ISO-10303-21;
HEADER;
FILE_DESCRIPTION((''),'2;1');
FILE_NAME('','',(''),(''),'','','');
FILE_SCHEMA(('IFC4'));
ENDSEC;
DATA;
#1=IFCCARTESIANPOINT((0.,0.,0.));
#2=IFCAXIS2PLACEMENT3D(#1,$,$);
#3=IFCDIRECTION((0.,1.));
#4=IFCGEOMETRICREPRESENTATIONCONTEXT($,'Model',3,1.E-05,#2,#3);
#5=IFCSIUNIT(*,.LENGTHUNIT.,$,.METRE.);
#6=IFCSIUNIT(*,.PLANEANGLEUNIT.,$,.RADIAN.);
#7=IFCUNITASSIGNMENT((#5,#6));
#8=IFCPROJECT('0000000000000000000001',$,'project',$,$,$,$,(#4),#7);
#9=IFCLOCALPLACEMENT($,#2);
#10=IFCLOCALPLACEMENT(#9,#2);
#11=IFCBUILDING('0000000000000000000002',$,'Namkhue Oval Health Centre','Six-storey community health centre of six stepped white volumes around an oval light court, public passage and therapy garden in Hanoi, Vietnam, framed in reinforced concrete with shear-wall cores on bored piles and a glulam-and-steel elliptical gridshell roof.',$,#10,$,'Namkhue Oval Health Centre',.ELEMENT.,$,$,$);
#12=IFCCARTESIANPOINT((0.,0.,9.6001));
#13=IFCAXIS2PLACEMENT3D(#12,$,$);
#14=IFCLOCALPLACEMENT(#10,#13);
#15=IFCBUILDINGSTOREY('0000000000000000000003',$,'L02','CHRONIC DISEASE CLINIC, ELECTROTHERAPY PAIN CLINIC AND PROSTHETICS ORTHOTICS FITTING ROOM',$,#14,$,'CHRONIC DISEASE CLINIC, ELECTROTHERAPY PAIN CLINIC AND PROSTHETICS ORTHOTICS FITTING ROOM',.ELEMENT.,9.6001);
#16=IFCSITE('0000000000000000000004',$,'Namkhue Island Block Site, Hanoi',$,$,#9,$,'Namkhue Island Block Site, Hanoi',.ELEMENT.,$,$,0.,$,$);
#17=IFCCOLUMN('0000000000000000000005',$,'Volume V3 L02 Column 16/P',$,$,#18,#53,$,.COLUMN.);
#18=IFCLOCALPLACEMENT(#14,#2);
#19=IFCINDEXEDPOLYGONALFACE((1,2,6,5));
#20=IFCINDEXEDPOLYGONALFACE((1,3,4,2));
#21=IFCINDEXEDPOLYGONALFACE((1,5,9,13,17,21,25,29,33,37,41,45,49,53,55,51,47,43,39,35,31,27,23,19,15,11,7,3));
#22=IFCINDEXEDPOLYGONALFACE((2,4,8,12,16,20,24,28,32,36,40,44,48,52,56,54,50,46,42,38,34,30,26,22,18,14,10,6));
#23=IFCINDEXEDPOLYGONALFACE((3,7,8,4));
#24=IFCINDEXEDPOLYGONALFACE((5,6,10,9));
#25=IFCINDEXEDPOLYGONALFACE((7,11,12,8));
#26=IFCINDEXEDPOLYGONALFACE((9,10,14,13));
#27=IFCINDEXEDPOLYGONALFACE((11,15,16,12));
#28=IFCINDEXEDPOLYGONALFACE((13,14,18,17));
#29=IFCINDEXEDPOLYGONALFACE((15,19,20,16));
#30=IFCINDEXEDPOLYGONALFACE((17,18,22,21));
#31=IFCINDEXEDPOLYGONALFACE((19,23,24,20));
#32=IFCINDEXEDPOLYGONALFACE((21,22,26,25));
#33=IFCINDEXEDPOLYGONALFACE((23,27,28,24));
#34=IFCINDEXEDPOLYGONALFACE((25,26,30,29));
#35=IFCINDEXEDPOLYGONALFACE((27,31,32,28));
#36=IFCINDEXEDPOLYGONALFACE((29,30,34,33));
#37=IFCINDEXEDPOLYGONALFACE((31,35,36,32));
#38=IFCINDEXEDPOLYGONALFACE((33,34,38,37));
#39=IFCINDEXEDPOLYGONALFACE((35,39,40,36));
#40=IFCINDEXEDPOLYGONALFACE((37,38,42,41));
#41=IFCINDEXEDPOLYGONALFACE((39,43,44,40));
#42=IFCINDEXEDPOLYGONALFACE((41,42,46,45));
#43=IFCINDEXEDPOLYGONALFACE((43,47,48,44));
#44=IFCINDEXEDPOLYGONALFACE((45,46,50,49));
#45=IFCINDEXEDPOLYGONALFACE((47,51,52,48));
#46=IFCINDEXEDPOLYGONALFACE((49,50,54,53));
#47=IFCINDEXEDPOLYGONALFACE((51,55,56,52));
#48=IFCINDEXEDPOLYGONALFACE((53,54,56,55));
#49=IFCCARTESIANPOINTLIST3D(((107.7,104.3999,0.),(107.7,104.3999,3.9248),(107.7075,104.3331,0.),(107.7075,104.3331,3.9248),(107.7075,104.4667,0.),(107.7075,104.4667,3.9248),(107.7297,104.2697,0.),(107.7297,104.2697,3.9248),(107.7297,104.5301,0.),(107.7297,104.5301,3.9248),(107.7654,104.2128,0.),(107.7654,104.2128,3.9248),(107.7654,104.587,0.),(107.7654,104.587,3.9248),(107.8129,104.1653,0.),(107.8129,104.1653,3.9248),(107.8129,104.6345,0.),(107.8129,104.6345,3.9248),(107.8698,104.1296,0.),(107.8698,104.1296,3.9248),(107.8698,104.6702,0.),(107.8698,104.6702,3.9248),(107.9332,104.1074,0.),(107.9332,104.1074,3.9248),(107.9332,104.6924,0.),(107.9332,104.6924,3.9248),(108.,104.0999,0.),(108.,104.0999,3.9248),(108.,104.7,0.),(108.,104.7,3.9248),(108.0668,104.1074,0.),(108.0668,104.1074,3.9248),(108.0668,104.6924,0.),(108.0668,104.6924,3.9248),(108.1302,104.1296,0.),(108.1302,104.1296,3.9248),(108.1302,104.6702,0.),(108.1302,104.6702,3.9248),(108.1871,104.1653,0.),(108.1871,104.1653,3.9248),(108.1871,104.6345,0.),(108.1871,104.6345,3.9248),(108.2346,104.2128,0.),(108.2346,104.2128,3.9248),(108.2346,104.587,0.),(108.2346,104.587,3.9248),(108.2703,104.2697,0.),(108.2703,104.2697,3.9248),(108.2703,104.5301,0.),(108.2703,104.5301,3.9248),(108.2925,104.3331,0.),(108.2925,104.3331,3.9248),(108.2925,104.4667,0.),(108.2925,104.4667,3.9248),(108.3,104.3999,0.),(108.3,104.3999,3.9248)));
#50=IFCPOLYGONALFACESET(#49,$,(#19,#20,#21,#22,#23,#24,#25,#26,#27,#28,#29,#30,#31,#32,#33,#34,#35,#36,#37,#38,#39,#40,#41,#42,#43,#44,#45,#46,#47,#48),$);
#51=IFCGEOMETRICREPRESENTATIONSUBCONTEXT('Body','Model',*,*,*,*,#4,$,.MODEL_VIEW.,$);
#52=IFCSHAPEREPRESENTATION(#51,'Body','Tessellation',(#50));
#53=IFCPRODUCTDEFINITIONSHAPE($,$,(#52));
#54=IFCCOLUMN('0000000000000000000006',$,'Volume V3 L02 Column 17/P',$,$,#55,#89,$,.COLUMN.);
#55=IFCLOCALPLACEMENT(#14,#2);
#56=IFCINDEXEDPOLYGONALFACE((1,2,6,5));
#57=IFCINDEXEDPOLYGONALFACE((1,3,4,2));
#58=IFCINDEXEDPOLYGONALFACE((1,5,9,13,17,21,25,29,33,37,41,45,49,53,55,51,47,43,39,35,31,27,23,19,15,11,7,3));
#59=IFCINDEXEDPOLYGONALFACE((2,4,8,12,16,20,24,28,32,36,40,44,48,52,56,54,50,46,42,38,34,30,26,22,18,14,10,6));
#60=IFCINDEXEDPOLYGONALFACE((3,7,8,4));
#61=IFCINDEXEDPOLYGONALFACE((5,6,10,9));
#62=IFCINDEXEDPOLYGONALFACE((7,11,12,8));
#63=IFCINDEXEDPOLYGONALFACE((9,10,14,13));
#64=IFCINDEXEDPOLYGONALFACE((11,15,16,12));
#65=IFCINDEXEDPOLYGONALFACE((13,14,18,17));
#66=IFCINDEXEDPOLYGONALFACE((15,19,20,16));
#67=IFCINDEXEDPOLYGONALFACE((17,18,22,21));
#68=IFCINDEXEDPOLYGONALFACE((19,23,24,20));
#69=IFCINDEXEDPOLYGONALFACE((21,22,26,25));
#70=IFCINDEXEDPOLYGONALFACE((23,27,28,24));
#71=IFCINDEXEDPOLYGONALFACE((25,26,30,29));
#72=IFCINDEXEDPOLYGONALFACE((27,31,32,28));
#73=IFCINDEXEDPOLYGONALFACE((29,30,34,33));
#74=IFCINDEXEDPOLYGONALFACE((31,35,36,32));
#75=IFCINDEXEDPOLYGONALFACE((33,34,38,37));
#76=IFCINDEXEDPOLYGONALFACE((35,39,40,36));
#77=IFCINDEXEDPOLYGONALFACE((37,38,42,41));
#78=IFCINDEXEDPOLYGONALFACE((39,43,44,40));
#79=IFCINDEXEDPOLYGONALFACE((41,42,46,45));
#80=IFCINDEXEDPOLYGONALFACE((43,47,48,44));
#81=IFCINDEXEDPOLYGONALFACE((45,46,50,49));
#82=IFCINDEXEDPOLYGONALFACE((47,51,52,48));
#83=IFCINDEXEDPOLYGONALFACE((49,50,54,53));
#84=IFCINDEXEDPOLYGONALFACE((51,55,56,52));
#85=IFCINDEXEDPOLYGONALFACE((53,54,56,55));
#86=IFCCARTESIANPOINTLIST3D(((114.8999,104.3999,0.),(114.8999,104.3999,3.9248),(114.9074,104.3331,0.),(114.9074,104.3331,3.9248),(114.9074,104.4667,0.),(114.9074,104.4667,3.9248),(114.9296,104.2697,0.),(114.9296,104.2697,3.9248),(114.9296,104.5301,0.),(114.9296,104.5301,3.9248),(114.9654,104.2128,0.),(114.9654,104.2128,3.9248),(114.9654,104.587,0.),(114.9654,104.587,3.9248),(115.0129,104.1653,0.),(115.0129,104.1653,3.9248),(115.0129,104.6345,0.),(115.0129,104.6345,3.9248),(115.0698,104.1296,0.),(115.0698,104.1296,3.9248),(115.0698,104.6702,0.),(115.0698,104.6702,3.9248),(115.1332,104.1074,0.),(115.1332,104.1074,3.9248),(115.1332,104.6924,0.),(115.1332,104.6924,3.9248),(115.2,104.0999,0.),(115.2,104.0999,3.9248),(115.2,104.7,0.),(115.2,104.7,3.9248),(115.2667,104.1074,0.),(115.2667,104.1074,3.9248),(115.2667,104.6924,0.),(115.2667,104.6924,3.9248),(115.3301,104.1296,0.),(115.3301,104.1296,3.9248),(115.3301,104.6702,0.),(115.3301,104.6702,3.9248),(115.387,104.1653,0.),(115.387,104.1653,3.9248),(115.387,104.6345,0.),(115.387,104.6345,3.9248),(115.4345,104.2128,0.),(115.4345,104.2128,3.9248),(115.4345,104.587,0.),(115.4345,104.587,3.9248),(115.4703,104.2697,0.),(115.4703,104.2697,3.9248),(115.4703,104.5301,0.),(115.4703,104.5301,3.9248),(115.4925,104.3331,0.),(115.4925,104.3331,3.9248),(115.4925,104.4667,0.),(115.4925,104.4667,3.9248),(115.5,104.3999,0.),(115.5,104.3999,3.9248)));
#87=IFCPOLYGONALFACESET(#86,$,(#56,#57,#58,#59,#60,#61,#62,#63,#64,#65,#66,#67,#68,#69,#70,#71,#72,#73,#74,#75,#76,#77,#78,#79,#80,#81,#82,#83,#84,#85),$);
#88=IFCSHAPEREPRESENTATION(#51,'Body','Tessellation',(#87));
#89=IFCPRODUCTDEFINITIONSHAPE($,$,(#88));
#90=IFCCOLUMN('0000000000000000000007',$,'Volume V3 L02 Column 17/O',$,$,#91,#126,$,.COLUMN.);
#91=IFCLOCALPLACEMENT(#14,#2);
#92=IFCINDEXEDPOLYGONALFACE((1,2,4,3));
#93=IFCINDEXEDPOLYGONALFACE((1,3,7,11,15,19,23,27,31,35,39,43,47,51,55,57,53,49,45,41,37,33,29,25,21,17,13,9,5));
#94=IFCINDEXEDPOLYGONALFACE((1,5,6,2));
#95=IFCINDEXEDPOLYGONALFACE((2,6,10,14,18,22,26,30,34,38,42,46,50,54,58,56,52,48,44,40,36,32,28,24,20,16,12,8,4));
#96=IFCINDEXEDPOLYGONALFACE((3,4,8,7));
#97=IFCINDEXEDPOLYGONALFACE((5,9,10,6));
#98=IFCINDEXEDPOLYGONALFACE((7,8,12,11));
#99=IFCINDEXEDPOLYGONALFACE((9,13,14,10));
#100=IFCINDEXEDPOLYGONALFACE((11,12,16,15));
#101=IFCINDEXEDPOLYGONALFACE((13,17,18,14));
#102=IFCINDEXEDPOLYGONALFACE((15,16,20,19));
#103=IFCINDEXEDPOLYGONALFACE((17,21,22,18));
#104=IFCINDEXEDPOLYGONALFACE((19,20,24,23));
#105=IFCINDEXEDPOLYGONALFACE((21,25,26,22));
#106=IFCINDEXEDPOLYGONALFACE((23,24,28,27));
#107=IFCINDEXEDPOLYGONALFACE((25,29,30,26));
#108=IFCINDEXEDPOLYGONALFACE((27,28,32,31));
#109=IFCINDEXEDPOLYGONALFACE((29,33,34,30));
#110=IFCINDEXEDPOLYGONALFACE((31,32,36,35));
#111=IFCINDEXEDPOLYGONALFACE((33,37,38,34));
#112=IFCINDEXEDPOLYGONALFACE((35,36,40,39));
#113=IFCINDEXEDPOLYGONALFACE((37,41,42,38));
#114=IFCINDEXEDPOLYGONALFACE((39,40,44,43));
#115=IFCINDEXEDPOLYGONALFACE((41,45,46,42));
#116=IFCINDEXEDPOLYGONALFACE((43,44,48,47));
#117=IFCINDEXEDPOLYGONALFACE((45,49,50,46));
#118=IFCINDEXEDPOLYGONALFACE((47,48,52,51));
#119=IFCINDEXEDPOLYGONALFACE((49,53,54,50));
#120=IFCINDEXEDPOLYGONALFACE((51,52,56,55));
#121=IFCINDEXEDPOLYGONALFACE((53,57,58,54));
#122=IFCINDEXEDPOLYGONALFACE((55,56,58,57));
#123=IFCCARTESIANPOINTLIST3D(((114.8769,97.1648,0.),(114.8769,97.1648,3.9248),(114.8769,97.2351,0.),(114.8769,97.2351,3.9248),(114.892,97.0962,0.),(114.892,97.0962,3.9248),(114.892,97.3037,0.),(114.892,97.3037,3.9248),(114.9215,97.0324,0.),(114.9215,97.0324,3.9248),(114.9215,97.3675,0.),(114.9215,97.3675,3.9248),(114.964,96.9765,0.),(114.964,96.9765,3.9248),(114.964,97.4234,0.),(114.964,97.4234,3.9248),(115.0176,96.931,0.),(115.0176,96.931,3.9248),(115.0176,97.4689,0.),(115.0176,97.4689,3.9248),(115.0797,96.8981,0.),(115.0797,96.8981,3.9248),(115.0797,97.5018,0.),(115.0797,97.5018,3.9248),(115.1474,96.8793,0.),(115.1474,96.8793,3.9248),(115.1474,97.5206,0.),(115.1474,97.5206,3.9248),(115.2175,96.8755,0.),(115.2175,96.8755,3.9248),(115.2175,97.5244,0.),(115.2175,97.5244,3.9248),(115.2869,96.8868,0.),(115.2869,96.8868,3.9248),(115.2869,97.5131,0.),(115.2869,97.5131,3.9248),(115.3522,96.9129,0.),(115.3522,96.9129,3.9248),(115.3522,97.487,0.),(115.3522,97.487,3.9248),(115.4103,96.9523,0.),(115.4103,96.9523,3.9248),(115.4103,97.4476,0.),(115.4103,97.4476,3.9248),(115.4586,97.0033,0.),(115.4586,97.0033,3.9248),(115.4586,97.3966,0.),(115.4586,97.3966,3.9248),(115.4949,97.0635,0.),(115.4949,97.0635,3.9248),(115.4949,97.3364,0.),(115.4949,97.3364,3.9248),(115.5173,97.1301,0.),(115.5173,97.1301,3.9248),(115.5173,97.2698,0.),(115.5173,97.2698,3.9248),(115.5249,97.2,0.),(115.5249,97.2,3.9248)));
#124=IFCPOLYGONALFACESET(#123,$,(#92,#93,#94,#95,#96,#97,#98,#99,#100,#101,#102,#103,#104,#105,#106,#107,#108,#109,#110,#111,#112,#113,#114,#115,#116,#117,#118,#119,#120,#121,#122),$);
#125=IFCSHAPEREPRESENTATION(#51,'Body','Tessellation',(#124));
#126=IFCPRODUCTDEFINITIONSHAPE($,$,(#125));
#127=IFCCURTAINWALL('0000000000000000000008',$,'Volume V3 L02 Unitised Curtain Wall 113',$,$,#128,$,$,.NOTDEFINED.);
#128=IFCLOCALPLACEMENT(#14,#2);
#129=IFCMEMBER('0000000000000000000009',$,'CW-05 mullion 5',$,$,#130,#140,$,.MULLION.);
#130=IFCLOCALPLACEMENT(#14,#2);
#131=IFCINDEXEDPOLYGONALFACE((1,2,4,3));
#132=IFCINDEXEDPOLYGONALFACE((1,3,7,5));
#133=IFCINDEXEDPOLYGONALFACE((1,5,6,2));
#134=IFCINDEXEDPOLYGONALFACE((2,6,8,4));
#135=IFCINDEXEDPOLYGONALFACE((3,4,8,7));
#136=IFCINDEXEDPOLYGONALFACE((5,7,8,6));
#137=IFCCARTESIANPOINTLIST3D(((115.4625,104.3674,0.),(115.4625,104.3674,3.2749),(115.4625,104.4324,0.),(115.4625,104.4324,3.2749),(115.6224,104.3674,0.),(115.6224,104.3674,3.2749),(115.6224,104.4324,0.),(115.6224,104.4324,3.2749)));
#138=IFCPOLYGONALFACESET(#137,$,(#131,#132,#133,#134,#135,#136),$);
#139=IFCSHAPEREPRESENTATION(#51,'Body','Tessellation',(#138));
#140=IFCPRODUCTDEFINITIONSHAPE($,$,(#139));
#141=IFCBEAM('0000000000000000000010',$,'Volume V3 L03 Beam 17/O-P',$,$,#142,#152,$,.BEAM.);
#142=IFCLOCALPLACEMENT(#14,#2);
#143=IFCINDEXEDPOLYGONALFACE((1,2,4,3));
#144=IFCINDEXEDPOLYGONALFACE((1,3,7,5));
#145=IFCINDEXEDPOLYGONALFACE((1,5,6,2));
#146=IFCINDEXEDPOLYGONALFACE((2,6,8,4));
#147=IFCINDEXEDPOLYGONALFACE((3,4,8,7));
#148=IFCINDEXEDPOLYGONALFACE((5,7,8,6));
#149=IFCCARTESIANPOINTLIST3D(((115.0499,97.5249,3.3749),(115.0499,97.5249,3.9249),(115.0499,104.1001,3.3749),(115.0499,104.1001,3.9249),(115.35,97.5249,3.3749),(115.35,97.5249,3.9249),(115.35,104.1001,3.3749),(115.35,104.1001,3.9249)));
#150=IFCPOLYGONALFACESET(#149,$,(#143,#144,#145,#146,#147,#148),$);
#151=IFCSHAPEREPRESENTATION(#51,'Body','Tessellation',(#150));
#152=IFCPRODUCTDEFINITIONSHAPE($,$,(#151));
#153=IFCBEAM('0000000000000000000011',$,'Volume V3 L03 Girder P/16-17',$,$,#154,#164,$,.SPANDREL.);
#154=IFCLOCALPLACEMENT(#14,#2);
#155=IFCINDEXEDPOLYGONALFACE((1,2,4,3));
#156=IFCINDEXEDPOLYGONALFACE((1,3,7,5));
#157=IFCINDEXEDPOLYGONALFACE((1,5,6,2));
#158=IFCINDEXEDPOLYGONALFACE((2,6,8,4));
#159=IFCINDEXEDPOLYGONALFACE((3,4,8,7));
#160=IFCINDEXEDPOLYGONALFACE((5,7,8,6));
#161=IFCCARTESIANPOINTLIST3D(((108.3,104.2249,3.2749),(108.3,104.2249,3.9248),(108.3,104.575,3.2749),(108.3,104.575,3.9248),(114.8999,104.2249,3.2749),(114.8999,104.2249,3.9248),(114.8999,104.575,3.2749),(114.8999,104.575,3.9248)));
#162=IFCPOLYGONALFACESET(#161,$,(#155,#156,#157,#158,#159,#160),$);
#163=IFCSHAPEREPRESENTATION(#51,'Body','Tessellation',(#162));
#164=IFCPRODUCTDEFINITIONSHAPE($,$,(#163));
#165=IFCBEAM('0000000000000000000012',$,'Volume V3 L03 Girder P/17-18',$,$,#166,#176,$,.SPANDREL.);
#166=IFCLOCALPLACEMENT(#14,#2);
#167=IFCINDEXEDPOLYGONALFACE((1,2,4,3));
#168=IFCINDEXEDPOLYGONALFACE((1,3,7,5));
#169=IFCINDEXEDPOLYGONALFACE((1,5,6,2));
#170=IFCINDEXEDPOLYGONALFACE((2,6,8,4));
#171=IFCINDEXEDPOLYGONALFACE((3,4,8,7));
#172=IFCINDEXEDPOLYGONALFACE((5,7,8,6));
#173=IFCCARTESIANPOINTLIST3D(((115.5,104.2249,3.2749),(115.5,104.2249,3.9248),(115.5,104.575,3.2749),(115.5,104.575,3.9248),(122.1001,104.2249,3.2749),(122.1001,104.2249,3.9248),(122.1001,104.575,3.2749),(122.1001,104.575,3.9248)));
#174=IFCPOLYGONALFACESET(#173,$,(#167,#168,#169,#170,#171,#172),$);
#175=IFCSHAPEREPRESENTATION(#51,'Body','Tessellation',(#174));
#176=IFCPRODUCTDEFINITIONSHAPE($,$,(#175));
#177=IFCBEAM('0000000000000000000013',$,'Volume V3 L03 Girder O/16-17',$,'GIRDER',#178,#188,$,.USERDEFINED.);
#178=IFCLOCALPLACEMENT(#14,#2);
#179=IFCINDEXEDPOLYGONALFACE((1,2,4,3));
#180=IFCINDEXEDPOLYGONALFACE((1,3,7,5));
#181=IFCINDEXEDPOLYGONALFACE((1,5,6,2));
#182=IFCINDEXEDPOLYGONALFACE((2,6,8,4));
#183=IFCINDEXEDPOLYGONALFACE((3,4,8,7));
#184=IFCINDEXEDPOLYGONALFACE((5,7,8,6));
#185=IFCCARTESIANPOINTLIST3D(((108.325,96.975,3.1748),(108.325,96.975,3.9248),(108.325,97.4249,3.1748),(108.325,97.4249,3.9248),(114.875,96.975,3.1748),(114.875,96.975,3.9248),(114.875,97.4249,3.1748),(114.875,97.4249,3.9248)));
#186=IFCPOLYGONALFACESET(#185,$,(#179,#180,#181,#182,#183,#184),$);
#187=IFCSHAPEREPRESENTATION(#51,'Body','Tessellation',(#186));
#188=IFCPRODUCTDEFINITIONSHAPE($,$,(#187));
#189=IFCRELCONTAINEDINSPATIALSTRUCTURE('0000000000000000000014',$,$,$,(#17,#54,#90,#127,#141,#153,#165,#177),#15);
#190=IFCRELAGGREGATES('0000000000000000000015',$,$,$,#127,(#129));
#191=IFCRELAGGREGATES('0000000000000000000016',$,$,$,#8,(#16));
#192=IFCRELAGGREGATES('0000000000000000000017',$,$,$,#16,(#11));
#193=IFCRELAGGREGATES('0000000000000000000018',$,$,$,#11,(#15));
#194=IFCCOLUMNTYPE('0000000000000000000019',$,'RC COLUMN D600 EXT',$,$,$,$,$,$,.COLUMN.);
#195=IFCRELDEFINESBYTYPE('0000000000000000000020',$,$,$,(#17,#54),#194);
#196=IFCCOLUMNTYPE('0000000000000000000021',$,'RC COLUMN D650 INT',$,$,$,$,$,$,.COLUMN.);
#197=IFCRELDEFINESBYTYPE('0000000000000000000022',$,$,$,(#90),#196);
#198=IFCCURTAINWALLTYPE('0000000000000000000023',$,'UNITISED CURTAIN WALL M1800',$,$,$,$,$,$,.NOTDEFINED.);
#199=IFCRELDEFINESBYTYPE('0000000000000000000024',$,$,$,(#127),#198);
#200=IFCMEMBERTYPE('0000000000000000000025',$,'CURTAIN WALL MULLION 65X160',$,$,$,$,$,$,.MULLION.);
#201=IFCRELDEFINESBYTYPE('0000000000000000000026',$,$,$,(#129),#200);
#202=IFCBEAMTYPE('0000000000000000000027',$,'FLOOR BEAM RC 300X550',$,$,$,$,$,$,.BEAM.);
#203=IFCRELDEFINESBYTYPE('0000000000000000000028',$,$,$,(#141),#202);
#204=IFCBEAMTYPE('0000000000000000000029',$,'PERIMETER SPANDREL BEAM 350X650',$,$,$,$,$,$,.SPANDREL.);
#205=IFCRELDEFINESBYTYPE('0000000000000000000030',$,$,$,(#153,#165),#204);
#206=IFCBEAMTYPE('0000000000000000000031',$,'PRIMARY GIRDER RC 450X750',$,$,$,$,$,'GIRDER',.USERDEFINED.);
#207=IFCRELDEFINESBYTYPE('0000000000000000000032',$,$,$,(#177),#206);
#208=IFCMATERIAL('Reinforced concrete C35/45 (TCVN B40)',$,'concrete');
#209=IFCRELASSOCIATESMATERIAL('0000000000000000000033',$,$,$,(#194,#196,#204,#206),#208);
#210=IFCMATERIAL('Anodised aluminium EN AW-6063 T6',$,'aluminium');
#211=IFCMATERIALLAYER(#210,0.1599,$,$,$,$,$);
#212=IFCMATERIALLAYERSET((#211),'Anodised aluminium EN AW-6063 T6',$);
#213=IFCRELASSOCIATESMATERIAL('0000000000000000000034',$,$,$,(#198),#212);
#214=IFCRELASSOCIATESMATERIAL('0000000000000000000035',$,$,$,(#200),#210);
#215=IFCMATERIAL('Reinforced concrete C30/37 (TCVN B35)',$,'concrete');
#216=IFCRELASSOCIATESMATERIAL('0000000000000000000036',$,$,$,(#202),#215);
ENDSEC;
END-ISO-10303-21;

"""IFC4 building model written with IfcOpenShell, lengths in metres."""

from ifc_helpers import new_model, si_unit, direction, frame, origin, origin_2d, place, context, subcontext, project, spatial, rectangle, circle, extrude, material, layer, layer_set, material_profile, profile_set, type_object, element, aggregate, save


model = new_model("IFC4")

# Units and contexts
model_context = context("Model", 3, precision=1e-05, world=origin(), true_north=direction((0.0, 1.0)))
body_context = subcontext(model_context, "Body", "Model", "MODEL_VIEW")
ifc_project = project(units=[si_unit("LENGTHUNIT", "METRE"), si_unit("PLANEANGLEUNIT", "RADIAN")], contexts=[model_context])

# Site, building, storey
site_placement = place(None, origin())
site = spatial("IfcSite", under=ifc_project, at=site_placement, Name="Namkhue Island Block Site, Hanoi", LongName="Namkhue Island Block Site, Hanoi", CompositionType="ELEMENT", RefElevation=0.0)
building_placement = place(site_placement, origin())
building = spatial("IfcBuilding", under=site, at=building_placement, Name="Namkhue Oval Health Centre", Description="Six-storey community health centre of six stepped white volumes around an oval light court, public passage and therapy garden in Hanoi, Vietnam, framed in reinforced concrete with shear-wall cores on bored piles and a glulam-and-steel elliptical gridshell roof.", LongName="Namkhue Oval Health Centre", CompositionType="ELEMENT")
storey_placement = place(building_placement, frame((0.0, 0.0, 9.6001)))
storey = spatial("IfcBuildingStorey", under=building, at=storey_placement, Name="L02", Description="CHRONIC DISEASE CLINIC, ELECTROTHERAPY PAIN CLINIC AND PROSTHETICS ORTHOTICS FITTING ROOM", LongName="CHRONIC DISEASE CLINIC, ELECTROTHERAPY PAIN CLINIC AND PROSTHETICS ORTHOTICS FITTING ROOM", CompositionType="ELEMENT", Elevation=9.6001)

# Columns
ifc_material_1 = material(Name="Reinforced concrete C35/45 (TCVN B40)", Category="concrete")
ifc_material_profile_1 = material_profile(ifc_material_1, circle(Radius=0.3, at=origin_2d()), Name="RC D600")
ifc_profile_set_1 = profile_set([ifc_material_profile_1], Name="Reinforced concrete C35/45 (TCVN B40)")
column_type_1 = type_object("IfcColumnType", Name="RC COLUMN D600 EXT", PredefinedType="COLUMN", material=ifc_profile_set_1)
for number, where, z_axis, x_axis, name in (
    (1, (108.0, 104.3999, 0.0), (0.0, 0.0, 1.0), (1.0, 0.0, 0.0), "Volume V3 L02 Column 16/P"),
    (2, (115.2, 104.3999, 0.0), (0.0, 0.0, 1.0), (1.0, 0.0, 0.0), "Volume V3 L02 Column 17/P"),
):
    element("IfcColumn", number, at=place(storey_placement, frame(where, z_axis=z_axis, x_axis=x_axis)), inside=storey, type_object=column_type_1, Name=name, PredefinedType="COLUMN", context=body_context, shape_type="SweptSolid", body=[
        extrude(circle(Radius=0.3, at=origin_2d()), origin(), (0.0, 0.0, 1.0), 3.9248),
    ])
ifc_material_profile_2 = material_profile(ifc_material_1, circle(Radius=0.325, at=origin_2d()), Name="RC D650")
ifc_profile_set_2 = profile_set([ifc_material_profile_2], Name="Reinforced concrete C35/45 (TCVN B40)")
column_type_2 = type_object("IfcColumnType", Name="RC COLUMN D650 INT", PredefinedType="COLUMN", material=ifc_profile_set_2)
column_placement = place(storey_placement, frame((115.2, 97.2, 0.0), z_axis=(0.0, 0.0, 1.0), x_axis=(1.0, 0.0, 0.0)))
element("IfcColumn", 3, at=column_placement, inside=storey, type_object=column_type_2, Name="Volume V3 L02 Column 17/O", PredefinedType="COLUMN", context=body_context, shape_type="SweptSolid", body=[
    extrude(circle(Radius=0.325, at=origin_2d()), origin(), (0.0, 0.0, 1.0), 3.9248),
])

# Curtain wall, member
ifc_material_2 = material(Name="Anodised aluminium EN AW-6063 T6", Category="aluminium")
ifc_layer_1 = layer(ifc_material_2, 0.1599)
ifc_layer_set_1 = layer_set([ifc_layer_1], Name="Anodised aluminium EN AW-6063 T6")
curtain_wall_type = type_object("IfcCurtainWallType", Name="UNITISED CURTAIN WALL M1800", PredefinedType="NOTDEFINED", material=ifc_layer_set_1)
curtain_wall_placement = place(storey_placement, origin())
curtain_wall = element("IfcCurtainWall", 4, at=curtain_wall_placement, inside=storey, type_object=curtain_wall_type, Name="Volume V3 L02 Unitised Curtain Wall 113", PredefinedType="NOTDEFINED")
ifc_material_profile_3 = material_profile(ifc_material_2, rectangle(XDim=0.0649, YDim=0.1599, at=origin_2d()), Name="ALU 65x160")
ifc_profile_set_3 = profile_set([ifc_material_profile_3], Name="Anodised aluminium EN AW-6063 T6")
member_type = type_object("IfcMemberType", Name="CURTAIN WALL MULLION 65X160", PredefinedType="MULLION", material=ifc_profile_set_3)
member_placement = place(storey_placement, frame((115.5425, 104.3999, 0.0), z_axis=(0.0, 0.0, 1.0), x_axis=(0.0, -1.0, 0.0)))
member = element("IfcMember", 5, at=member_placement, type_object=member_type, Name="CW-05 mullion 5", PredefinedType="MULLION", context=body_context, shape_type="SweptSolid", body=[
    extrude(rectangle(XDim=0.0649, YDim=0.1599, at=origin_2d()), origin(), (0.0, 0.0, 1.0), 3.2749),
])

# Beams
ifc_material_3 = material(Name="Reinforced concrete C30/37 (TCVN B35)", Category="concrete")
ifc_material_profile_4 = material_profile(ifc_material_3, rectangle(XDim=0.3, YDim=0.55, at=origin_2d()), Name="RC 300x550")
ifc_profile_set_4 = profile_set([ifc_material_profile_4], Name="Reinforced concrete C30/37 (TCVN B35)")
beam_type_1 = type_object("IfcBeamType", Name="FLOOR BEAM RC 300X550", PredefinedType="BEAM", material=ifc_profile_set_4)
beam_1_placement = place(storey_placement, frame((115.2, 97.5249, 3.6499), z_axis=(0.0, 1.0, 0.0), x_axis=(-1.0, 0.0, 0.0)))
element("IfcBeam", 6, at=beam_1_placement, inside=storey, type_object=beam_type_1, Name="Volume V3 L03 Beam 17/O-P", PredefinedType="BEAM", context=body_context, shape_type="SweptSolid", body=[
    extrude(rectangle(XDim=0.3, YDim=0.55, at=origin_2d()), origin(), (0.0, 0.0, 1.0), 6.5752),
])
ifc_material_profile_5 = material_profile(ifc_material_1, rectangle(XDim=0.3501, YDim=0.6499, at=origin_2d()), Name="RC 350x650")
ifc_profile_set_5 = profile_set([ifc_material_profile_5], Name="Reinforced concrete C35/45 (TCVN B40)")
beam_type_2 = type_object("IfcBeamType", Name="PERIMETER SPANDREL BEAM 350X650", PredefinedType="SPANDREL", material=ifc_profile_set_5)
beam_2_placement = place(storey_placement, frame((108.3, 104.3999, 3.5999), z_axis=(1.0, 0.0, 0.0), x_axis=(0.0, 1.0, 0.0)))
element("IfcBeam", 7, at=beam_2_placement, inside=storey, type_object=beam_type_2, Name="Volume V3 L03 Girder P/16-17", PredefinedType="SPANDREL", context=body_context, shape_type="SweptSolid", body=[
    extrude(rectangle(XDim=0.3501, YDim=0.6499, at=origin_2d()), origin(), (0.0, 0.0, 1.0), 6.5999),
])
beam_3_placement = place(storey_placement, frame((115.5, 104.3999, 3.5999), z_axis=(1.0, 0.0, 0.0), x_axis=(0.0, 1.0, 0.0)))
element("IfcBeam", 8, at=beam_3_placement, inside=storey, type_object=beam_type_2, Name="Volume V3 L03 Girder P/17-18", PredefinedType="SPANDREL", context=body_context, shape_type="SweptSolid", body=[
    extrude(rectangle(XDim=0.3501, YDim=0.6499, at=origin_2d()), origin(), (0.0, 0.0, 1.0), 6.6001),
])
ifc_material_profile_6 = material_profile(ifc_material_1, rectangle(XDim=0.45, YDim=0.75, at=origin_2d()), Name="RC 450x750")
ifc_profile_set_6 = profile_set([ifc_material_profile_6], Name="Reinforced concrete C35/45 (TCVN B40)")
beam_type_3 = type_object("IfcBeamType", Name="PRIMARY GIRDER RC 450X750", ElementType="GIRDER", PredefinedType="USERDEFINED", material=ifc_profile_set_6)
beam_4_placement = place(storey_placement, frame((108.325, 97.2, 3.5498), z_axis=(1.0, 0.0, 0.0), x_axis=(0.0, 1.0, 0.0)))
element("IfcBeam", 9, at=beam_4_placement, inside=storey, type_object=beam_type_3, Name="Volume V3 L03 Girder O/16-17", ObjectType="GIRDER", PredefinedType="USERDEFINED", context=body_context, shape_type="SweptSolid", body=[
    extrude(rectangle(XDim=0.45, YDim=0.75, at=origin_2d()), origin(), (0.0, 0.0, 1.0), 6.55),
])

aggregate(curtain_wall, [member])

save(model, "model.ifc")
